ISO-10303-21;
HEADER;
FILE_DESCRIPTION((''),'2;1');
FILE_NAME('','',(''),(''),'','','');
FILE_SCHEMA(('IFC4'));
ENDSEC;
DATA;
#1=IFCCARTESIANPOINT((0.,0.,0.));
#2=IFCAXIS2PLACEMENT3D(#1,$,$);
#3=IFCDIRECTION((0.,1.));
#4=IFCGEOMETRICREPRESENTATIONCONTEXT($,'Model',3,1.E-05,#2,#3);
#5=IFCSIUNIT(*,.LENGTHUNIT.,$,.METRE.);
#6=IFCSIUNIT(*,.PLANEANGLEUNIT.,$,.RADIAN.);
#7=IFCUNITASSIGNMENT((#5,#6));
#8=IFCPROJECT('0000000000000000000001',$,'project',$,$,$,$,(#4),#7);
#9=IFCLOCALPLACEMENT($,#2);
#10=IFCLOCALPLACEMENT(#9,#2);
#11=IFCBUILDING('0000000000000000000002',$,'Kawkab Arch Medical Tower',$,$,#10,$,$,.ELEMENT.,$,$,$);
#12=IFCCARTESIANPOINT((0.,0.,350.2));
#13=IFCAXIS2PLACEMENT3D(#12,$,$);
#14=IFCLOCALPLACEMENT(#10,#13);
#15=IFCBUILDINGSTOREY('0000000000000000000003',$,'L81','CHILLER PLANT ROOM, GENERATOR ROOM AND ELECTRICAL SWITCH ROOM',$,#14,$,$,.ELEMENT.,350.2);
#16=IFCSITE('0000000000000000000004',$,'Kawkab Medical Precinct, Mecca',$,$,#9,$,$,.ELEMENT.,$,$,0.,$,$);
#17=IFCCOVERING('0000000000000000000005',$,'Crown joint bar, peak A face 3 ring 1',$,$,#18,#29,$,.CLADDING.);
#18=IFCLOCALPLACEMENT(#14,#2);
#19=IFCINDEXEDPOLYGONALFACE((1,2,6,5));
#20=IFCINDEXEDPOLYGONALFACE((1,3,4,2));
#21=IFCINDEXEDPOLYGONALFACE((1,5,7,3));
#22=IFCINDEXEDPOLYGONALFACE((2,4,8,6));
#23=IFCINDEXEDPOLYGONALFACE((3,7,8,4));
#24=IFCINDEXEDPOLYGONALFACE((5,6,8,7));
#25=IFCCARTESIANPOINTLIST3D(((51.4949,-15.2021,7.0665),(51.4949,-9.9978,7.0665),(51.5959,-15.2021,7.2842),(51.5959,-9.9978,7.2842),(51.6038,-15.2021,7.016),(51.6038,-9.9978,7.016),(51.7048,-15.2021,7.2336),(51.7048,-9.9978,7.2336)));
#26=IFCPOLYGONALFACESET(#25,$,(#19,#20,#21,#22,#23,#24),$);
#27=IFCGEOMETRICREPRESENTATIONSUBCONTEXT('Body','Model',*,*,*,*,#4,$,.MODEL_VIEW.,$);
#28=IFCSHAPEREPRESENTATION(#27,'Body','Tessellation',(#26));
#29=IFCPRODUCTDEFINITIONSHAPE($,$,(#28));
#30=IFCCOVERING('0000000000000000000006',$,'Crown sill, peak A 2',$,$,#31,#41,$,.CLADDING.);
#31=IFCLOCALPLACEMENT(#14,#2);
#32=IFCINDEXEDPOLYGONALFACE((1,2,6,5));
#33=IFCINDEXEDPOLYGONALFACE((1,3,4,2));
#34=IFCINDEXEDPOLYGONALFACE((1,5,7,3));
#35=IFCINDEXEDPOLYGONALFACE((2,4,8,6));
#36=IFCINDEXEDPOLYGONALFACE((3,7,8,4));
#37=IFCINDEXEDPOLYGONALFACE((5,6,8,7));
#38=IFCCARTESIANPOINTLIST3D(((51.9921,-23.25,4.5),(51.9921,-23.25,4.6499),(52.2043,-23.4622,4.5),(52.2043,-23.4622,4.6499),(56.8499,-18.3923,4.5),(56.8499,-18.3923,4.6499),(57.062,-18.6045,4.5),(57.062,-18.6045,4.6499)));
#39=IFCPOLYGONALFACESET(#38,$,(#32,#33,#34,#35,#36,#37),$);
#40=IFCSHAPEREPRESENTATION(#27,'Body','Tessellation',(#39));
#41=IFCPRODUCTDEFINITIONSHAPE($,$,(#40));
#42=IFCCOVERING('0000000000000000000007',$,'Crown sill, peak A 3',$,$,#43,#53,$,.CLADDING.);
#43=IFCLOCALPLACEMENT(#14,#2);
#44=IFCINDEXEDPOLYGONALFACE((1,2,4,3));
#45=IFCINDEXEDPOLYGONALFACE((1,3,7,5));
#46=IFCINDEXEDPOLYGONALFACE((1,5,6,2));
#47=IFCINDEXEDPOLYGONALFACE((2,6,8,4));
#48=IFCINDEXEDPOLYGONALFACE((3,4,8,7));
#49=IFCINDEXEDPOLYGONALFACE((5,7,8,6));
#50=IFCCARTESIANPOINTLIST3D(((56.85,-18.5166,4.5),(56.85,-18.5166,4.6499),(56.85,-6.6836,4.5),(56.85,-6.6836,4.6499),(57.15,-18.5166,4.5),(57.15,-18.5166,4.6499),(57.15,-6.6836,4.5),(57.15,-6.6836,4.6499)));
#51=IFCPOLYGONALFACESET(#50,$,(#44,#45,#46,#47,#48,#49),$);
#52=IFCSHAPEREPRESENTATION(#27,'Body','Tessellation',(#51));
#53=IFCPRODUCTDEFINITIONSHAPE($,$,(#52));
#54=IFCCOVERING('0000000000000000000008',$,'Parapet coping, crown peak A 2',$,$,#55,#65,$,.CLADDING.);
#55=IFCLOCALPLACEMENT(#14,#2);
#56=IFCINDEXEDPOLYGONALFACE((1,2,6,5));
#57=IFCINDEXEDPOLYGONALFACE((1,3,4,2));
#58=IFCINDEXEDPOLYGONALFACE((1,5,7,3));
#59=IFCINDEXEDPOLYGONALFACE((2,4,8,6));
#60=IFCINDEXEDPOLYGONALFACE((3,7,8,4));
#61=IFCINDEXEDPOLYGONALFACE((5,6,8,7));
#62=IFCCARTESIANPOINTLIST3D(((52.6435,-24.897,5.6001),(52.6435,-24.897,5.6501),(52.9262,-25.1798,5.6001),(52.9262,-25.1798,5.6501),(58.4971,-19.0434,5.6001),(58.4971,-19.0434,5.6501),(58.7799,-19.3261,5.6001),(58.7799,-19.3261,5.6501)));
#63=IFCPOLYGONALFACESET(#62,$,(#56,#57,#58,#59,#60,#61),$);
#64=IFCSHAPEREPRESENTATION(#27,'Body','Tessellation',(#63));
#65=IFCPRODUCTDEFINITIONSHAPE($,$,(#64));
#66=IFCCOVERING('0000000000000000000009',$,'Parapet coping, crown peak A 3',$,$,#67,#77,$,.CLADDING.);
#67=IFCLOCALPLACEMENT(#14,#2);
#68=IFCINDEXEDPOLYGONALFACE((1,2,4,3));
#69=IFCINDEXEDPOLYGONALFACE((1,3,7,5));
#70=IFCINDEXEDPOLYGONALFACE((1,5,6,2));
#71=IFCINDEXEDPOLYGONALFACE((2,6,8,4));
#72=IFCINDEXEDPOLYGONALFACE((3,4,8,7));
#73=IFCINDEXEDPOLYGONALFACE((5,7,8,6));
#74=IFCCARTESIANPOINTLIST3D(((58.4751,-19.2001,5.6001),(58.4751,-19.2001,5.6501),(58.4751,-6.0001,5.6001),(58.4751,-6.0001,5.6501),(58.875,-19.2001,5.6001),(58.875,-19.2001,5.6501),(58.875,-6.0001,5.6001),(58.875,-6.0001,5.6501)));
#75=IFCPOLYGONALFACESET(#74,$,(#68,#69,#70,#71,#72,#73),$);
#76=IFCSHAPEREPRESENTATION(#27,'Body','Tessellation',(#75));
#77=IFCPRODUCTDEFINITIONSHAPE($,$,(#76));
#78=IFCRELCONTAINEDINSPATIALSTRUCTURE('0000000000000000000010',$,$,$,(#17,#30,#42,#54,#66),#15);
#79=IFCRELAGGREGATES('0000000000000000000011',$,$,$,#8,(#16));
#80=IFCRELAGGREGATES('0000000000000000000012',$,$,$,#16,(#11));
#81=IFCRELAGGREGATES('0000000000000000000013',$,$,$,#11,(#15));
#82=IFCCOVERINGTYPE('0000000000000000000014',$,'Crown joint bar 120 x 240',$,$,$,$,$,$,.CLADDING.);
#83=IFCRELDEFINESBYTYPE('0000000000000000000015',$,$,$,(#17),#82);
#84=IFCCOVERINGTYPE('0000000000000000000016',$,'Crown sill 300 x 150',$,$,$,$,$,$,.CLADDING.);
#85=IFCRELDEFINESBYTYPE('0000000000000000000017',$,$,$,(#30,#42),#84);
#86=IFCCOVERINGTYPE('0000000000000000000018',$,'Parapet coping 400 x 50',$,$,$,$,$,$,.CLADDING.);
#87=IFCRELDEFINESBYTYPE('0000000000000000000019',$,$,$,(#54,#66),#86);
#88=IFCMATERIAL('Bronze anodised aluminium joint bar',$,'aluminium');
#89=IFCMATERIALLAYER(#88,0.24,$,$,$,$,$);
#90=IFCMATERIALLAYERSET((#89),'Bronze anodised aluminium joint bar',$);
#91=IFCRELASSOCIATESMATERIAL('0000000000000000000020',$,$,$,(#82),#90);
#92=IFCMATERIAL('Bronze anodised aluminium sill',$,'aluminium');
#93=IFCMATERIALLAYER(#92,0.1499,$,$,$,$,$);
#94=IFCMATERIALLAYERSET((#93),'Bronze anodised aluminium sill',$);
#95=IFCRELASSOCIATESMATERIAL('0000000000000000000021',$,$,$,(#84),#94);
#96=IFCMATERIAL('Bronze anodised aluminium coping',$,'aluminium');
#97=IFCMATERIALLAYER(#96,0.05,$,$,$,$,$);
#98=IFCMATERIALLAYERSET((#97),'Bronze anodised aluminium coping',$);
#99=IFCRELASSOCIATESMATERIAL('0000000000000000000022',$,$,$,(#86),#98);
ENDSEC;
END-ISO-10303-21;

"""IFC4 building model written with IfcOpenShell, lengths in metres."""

from ifc_helpers import new_model, si_unit, direction, frame, origin, origin_2d, place, context, subcontext, project, spatial, polyline, rectangle, outline, extrude, material, layer, layer_set, type_object, element, save


model = new_model("IFC4")

# Units and contexts
model_context = context("Model", 3, precision=1e-05, world=origin(), true_north=direction((0.0, 1.0)))
body_context = subcontext(model_context, "Body", "Model", "MODEL_VIEW")
ifc_project = project(units=[si_unit("LENGTHUNIT", "METRE"), si_unit("PLANEANGLEUNIT", "RADIAN")], contexts=[model_context])

# Site, building, storey
site_placement = place(None, origin())
site = spatial("IfcSite", under=ifc_project, at=site_placement, Name="Kawkab Medical Precinct, Mecca", CompositionType="ELEMENT", RefElevation=0.0)
building_placement = place(site_placement, origin())
building = spatial("IfcBuilding", under=site, at=building_placement, Name="Kawkab Arch Medical Tower", CompositionType="ELEMENT")
storey_placement = place(building_placement, frame((0.0, 0.0, 350.2)))
storey = spatial("IfcBuildingStorey", under=building, at=storey_placement, Name="L81", Description="CHILLER PLANT ROOM, GENERATOR ROOM AND ELECTRICAL SWITCH ROOM", CompositionType="ELEMENT", Elevation=350.2)

# Coverings
ifc_material_1 = material(Name="Bronze anodised aluminium joint bar", Category="aluminium")
ifc_layer_1 = layer(ifc_material_1, 0.24)
ifc_layer_set_1 = layer_set([ifc_layer_1], Name="Bronze anodised aluminium joint bar")
covering_type_1 = type_object("IfcCoveringType", Name="Crown joint bar 120 x 240", PredefinedType="CLADDING", material=ifc_layer_set_1)
covering_1_placement = place(storey_placement, frame((51.7048, -15.2021, 7.2336), z_axis=(0.420992, 0.0, 0.907064), x_axis=(0.0, 1.0, 0.0)))
element("IfcCovering", 1, at=covering_1_placement, inside=storey, type_object=covering_type_1, Name="Crown joint bar, peak A face 3 ring 1", PredefinedType="CLADDING", context=body_context, shape_type="SweptSolid", body=[
    extrude(outline(polyline([(0.0, 0.0), (5.2043, 0.0), (5.2043, 0.12), (0.0, 0.12), (0.0, 0.0)])), origin(), (0.0, 0.0, -1.0), 0.24),
])
ifc_material_2 = material(Name="Bronze anodised aluminium sill", Category="aluminium")
ifc_layer_2 = layer(ifc_material_2, 0.1499)
ifc_layer_set_2 = layer_set([ifc_layer_2], Name="Bronze anodised aluminium sill")
covering_type_2 = type_object("IfcCoveringType", Name="Crown sill 300 x 150", PredefinedType="CLADDING", material=ifc_layer_set_2)
covering_2_placement = place(storey_placement, frame((54.5271, -20.9272, 4.5), z_axis=(0.0, 0.0, 1.0), x_axis=(0.707107, 0.707107, 0.0)))
element("IfcCovering", 2, at=covering_2_placement, inside=storey, type_object=covering_type_2, Name="Crown sill, peak A 2", PredefinedType="CLADDING", context=body_context, shape_type="SweptSolid", body=[
    extrude(rectangle(XDim=6.8699, YDim=0.3, at=origin_2d()), origin(), (0.0, 0.0, 1.0), 0.1499),
])
covering_3_placement = place(storey_placement, frame((57.0, -12.6001, 4.5), z_axis=(0.0, 0.0, 1.0), x_axis=(0.0, 1.0, 0.0)))
element("IfcCovering", 3, at=covering_3_placement, inside=storey, type_object=covering_type_2, Name="Crown sill, peak A 3", PredefinedType="CLADDING", context=body_context, shape_type="SweptSolid", body=[
    extrude(rectangle(XDim=11.833, YDim=0.3, at=origin_2d()), origin(), (0.0, 0.0, 1.0), 0.1499),
])
ifc_material_3 = material(Name="Bronze anodised aluminium coping", Category="aluminium")
ifc_layer_3 = layer(ifc_material_3, 0.05)
ifc_layer_set_3 = layer_set([ifc_layer_3], Name="Bronze anodised aluminium coping")
covering_type_3 = type_object("IfcCoveringType", Name="Parapet coping 400 x 50", PredefinedType="CLADDING", material=ifc_layer_set_3)
covering_4_placement = place(storey_placement, frame((55.7117, -22.1116, 5.6001), z_axis=(0.0, 0.0, 1.0), x_axis=(0.707107, 0.707107, 0.0)))
element("IfcCovering", 4, at=covering_4_placement, inside=storey, type_object=covering_type_3, Name="Parapet coping, crown peak A 2", PredefinedType="CLADDING", context=body_context, shape_type="SweptSolid", body=[
    extrude(rectangle(XDim=8.2783, YDim=0.3999, at=origin_2d()), origin(), (0.0, 0.0, 1.0), 0.05),
])
covering_5_placement = place(storey_placement, frame((58.675, -12.6001, 5.6001), z_axis=(0.0, 0.0, 1.0), x_axis=(0.0, 1.0, 0.0)))
element("IfcCovering", 5, at=covering_5_placement, inside=storey, type_object=covering_type_3, Name="Parapet coping, crown peak A 3", PredefinedType="CLADDING", context=body_context, shape_type="SweptSolid", body=[
    extrude(rectangle(XDim=13.2, YDim=0.3999, at=origin_2d()), origin(), (0.0, 0.0, 1.0), 0.05),
])

save(model, "model.ifc")
